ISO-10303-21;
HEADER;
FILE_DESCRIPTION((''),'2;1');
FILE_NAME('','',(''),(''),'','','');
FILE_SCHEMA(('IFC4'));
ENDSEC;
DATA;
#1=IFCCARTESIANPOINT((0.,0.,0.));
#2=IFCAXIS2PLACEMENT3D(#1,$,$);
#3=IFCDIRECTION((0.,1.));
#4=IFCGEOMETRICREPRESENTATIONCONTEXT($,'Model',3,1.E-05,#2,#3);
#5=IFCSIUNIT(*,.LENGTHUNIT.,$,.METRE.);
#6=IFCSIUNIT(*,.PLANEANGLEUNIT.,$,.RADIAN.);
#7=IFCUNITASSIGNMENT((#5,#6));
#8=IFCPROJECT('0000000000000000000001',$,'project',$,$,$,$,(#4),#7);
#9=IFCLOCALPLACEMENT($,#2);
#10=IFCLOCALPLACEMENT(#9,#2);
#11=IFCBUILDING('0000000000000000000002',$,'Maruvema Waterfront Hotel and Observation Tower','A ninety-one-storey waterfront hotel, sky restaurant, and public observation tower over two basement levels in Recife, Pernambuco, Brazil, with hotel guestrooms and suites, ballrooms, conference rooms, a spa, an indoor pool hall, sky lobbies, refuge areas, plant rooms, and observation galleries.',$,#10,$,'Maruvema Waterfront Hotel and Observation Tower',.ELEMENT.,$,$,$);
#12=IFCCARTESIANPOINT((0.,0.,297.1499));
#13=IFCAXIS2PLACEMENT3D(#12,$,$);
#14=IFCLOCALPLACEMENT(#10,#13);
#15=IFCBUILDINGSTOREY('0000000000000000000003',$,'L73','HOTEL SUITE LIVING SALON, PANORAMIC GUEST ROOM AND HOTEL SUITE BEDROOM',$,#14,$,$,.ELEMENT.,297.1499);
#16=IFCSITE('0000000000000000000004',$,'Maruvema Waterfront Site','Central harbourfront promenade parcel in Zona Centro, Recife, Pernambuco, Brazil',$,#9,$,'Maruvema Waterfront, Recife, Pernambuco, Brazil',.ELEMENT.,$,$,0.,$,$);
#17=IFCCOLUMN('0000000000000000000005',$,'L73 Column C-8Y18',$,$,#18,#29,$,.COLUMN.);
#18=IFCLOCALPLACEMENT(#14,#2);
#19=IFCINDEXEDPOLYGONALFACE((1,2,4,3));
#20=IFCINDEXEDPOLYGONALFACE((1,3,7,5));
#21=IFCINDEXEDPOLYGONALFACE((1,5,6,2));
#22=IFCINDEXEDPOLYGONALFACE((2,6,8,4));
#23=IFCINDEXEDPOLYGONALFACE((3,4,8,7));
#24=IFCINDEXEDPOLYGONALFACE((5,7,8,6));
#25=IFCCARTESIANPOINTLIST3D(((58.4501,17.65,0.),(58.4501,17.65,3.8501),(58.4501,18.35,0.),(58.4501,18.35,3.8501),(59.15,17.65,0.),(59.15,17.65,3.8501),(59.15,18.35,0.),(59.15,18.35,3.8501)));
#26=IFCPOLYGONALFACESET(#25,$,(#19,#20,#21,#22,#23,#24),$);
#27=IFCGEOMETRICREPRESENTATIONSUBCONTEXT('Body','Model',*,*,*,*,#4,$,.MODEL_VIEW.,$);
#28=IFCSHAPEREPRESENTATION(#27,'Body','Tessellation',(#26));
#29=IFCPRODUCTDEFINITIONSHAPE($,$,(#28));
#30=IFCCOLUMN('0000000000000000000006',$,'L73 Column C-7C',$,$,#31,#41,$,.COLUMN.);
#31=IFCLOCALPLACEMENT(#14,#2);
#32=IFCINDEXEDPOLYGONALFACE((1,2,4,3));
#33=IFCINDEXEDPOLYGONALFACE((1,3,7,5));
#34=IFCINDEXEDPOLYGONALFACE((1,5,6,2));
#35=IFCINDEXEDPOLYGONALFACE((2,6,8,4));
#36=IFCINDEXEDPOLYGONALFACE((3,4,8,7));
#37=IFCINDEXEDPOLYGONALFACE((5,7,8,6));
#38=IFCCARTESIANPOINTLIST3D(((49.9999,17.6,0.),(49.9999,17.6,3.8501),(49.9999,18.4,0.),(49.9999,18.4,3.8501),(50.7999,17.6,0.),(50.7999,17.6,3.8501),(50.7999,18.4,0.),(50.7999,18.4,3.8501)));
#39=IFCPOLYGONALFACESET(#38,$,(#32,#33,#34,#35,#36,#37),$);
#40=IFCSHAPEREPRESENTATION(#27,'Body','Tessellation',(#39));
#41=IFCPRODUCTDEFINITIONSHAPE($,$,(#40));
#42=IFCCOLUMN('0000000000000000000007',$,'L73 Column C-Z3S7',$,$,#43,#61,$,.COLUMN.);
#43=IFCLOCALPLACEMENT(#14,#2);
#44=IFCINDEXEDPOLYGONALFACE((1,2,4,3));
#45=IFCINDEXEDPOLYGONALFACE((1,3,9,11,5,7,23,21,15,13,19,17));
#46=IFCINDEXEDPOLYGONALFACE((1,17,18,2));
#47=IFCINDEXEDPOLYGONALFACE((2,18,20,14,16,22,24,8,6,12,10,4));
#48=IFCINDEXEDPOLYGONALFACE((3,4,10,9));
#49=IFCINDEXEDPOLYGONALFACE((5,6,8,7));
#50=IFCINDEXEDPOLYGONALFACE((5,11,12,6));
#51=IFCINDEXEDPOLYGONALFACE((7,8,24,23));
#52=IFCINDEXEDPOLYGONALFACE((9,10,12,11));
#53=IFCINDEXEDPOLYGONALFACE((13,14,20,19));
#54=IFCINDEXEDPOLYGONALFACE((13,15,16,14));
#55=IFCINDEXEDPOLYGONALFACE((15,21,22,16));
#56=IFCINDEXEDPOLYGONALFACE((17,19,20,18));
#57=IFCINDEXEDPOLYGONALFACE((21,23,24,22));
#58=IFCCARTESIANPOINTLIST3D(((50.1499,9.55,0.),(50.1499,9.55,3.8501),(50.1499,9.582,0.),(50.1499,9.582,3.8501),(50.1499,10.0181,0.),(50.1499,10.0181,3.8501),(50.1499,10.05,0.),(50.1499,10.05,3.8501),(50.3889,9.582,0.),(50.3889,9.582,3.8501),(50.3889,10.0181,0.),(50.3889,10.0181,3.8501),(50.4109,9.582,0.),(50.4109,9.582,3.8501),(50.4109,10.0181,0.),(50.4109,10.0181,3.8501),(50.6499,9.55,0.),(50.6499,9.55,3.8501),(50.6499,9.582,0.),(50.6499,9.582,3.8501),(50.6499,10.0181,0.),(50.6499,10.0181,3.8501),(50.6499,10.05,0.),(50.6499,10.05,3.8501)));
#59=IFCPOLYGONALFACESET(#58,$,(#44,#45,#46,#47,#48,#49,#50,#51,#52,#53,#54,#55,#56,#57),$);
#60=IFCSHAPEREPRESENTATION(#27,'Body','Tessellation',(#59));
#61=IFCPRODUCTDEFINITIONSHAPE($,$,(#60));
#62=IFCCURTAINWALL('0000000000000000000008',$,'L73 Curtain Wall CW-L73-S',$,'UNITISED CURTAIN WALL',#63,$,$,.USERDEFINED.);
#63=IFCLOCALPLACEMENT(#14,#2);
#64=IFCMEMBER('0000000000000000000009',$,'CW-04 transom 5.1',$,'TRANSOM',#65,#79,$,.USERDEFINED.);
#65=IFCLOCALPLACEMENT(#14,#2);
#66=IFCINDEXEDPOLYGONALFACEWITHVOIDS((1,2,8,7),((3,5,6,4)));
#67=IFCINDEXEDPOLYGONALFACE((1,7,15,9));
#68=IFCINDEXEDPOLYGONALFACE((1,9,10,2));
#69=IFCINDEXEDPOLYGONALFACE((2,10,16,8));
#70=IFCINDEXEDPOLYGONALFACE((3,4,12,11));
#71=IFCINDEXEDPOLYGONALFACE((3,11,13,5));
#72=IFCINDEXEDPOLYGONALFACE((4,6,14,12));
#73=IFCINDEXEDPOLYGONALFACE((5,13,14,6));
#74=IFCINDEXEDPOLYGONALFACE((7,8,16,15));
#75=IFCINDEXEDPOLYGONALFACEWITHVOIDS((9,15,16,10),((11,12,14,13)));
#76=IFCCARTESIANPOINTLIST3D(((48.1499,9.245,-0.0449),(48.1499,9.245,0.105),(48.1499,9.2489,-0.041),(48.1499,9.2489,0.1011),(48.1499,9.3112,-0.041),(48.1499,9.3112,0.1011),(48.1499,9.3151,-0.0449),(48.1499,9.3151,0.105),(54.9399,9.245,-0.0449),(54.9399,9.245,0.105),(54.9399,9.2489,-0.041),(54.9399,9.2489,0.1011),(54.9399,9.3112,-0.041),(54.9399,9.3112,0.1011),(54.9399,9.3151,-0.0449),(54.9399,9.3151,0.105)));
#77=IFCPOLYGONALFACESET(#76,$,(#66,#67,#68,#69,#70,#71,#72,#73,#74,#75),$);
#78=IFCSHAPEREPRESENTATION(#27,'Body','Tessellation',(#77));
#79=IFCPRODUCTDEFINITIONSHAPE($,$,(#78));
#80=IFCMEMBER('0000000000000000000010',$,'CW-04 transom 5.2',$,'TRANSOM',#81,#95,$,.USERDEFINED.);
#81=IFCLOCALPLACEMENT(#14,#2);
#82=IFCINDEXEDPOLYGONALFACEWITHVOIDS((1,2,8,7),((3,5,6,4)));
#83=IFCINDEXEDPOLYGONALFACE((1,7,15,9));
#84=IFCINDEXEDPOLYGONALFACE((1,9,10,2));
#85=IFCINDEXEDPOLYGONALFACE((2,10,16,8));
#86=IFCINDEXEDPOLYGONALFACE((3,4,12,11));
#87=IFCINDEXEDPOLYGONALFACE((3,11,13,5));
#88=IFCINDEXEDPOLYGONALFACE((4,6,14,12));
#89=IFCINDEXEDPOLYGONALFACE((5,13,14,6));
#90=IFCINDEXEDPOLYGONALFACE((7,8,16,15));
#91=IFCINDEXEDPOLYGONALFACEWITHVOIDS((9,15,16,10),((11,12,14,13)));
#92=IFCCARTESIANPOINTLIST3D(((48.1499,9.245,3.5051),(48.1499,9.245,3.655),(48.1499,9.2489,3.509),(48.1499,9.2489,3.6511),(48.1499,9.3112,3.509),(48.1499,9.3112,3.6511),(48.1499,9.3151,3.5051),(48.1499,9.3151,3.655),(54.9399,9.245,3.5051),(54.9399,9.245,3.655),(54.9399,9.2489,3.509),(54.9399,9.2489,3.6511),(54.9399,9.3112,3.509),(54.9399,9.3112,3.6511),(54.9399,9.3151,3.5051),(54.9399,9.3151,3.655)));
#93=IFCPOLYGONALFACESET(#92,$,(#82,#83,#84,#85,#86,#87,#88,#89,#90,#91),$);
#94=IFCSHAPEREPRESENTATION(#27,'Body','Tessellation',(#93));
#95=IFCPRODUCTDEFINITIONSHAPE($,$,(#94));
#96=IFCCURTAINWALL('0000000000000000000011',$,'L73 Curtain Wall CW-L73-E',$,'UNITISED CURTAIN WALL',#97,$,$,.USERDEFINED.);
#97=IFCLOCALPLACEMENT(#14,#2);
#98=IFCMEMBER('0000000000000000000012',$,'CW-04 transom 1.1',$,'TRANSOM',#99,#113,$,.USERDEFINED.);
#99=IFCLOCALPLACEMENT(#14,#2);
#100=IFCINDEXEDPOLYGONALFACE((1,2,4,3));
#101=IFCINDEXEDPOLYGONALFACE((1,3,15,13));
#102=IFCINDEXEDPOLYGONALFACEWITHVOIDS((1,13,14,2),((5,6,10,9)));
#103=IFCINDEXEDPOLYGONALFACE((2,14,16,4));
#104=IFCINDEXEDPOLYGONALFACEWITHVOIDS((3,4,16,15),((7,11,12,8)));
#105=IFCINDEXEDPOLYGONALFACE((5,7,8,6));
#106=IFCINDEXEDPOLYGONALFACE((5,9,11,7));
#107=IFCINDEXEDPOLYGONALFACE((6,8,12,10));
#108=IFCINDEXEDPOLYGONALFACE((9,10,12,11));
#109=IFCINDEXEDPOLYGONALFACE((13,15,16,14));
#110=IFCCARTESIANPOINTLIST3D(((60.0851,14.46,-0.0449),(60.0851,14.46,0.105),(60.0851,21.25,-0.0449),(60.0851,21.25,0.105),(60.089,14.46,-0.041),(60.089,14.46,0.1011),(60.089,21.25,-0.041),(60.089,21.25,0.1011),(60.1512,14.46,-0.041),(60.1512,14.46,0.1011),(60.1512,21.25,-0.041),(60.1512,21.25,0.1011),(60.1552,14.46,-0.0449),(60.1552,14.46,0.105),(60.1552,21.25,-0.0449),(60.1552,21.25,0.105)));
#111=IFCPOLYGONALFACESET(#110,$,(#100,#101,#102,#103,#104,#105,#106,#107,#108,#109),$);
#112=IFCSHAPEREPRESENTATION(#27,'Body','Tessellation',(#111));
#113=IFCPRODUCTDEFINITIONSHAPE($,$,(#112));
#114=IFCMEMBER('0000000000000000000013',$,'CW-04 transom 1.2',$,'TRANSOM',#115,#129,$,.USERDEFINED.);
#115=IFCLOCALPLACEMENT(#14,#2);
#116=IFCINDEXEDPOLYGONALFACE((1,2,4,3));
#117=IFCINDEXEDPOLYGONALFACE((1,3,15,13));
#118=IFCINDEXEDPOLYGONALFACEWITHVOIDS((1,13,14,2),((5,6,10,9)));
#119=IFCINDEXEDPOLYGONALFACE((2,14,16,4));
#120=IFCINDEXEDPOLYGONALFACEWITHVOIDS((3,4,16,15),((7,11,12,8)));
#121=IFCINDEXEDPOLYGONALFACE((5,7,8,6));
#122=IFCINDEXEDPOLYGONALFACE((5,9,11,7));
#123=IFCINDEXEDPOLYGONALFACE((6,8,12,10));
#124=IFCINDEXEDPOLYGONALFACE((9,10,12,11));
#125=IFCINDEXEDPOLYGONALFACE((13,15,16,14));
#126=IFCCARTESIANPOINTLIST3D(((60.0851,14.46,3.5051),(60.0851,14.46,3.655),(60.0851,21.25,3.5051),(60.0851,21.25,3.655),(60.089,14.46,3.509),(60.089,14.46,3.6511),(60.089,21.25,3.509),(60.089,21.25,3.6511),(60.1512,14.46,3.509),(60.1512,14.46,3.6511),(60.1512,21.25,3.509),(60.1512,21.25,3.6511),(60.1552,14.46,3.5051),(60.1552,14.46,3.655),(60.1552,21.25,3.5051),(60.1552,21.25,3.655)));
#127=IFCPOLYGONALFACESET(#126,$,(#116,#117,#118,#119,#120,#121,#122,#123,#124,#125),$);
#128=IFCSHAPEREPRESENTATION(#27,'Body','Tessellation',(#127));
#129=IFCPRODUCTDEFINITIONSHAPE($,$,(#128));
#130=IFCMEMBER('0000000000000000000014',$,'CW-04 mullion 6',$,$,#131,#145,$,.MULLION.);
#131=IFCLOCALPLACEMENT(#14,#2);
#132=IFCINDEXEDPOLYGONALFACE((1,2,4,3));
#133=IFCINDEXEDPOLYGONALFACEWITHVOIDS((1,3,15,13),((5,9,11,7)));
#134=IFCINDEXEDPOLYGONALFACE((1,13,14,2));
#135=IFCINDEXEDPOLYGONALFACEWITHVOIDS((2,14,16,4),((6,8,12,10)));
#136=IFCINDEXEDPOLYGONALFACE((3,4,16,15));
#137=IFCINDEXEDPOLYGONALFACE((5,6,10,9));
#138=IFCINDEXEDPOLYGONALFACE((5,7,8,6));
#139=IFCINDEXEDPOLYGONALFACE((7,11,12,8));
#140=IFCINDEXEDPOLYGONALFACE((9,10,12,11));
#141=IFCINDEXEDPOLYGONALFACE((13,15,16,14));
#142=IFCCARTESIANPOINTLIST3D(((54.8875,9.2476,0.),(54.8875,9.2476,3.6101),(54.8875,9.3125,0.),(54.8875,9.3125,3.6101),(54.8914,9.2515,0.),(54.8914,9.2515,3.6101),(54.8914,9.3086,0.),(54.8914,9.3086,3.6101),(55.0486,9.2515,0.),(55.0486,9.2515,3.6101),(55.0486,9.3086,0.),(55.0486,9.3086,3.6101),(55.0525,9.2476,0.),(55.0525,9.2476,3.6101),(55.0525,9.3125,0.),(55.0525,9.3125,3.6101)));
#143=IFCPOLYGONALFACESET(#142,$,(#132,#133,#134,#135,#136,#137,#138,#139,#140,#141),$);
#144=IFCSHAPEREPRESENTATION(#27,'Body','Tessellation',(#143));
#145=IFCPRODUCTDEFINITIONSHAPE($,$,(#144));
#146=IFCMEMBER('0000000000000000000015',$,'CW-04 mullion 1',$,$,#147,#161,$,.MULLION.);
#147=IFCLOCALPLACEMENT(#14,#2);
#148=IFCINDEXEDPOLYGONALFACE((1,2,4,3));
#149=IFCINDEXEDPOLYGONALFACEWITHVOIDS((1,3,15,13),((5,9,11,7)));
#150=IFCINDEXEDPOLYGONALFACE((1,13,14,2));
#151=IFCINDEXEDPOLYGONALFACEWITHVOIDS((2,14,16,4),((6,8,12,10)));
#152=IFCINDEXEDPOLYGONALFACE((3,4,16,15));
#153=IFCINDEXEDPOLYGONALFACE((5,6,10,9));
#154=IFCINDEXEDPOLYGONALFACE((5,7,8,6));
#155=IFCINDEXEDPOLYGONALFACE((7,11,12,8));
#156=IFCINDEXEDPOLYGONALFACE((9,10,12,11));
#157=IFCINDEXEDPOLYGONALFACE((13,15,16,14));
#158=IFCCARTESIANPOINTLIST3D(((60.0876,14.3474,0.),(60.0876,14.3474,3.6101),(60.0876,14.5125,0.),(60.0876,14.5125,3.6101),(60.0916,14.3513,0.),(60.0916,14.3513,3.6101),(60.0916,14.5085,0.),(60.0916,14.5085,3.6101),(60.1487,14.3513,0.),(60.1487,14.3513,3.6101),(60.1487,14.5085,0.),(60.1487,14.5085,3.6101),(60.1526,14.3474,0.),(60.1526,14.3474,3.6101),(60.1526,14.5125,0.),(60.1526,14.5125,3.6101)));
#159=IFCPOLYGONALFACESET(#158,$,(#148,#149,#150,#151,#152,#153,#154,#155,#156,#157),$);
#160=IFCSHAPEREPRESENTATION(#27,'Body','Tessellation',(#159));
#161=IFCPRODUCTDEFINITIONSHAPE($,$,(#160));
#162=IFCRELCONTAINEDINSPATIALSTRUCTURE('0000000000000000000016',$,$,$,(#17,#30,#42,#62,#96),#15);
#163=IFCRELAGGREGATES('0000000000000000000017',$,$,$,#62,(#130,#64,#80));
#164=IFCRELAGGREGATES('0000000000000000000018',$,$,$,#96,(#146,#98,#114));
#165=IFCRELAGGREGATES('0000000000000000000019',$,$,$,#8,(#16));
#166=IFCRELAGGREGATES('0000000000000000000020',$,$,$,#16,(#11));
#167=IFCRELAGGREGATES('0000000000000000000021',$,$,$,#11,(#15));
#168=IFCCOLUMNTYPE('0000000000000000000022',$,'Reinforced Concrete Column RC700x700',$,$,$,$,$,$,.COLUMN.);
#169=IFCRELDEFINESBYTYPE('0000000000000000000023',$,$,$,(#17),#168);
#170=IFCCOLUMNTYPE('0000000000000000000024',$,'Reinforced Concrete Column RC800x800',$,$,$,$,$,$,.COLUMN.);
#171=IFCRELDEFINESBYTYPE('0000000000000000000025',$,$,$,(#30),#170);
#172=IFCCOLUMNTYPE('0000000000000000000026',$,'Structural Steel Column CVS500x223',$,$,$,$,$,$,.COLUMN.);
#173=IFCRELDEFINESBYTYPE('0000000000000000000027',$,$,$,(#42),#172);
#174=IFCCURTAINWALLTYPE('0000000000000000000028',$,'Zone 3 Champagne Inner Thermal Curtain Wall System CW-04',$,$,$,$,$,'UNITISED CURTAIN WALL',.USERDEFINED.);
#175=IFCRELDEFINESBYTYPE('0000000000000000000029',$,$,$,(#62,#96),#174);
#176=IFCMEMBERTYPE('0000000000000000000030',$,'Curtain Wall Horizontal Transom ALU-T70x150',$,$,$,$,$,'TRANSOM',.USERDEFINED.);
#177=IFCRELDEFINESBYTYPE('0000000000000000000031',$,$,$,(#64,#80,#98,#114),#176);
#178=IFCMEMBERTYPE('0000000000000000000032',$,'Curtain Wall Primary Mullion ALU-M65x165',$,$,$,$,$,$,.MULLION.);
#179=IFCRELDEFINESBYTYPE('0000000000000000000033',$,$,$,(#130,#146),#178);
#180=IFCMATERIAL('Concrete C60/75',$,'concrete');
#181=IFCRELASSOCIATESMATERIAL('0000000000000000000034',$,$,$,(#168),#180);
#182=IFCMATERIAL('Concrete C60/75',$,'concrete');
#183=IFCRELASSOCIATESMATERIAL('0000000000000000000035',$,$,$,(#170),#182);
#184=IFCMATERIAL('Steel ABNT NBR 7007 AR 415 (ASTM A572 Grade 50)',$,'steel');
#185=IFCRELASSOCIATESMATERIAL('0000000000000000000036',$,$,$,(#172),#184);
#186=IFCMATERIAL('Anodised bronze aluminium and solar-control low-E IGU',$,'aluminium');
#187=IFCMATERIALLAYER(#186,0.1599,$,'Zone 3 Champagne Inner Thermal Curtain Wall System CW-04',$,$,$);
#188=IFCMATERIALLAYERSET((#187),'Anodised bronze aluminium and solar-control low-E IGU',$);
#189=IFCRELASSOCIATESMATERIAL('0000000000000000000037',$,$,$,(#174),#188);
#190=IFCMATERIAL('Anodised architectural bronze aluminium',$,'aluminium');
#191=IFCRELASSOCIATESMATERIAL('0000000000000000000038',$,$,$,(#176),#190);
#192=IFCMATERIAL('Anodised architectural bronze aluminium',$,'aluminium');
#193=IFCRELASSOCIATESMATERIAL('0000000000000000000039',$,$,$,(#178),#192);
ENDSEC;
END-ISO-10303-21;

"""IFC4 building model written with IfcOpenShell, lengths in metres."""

from ifc_helpers import new_model, si_unit, direction, frame, origin, origin_2d, place, context, subcontext, project, spatial, rectangle, hollow_rectangle, i_section, extrude, material, layer, layer_set, material_profile, profile_set, type_object, element, aggregate, save


model = new_model("IFC4")

# Units and contexts
model_context = context("Model", 3, precision=1e-05, world=origin(), true_north=direction((0.0, 1.0)))
body_context = subcontext(model_context, "Body", "Model", "MODEL_VIEW")
ifc_project = project(units=[si_unit("LENGTHUNIT", "METRE"), si_unit("PLANEANGLEUNIT", "RADIAN")], contexts=[model_context])

# Site, building, storey
site_placement = place(None, origin())
site = spatial("IfcSite", under=ifc_project, at=site_placement, Name="Maruvema Waterfront Site", Description="Central harbourfront promenade parcel in Zona Centro, Recife, Pernambuco, Brazil", LongName="Maruvema Waterfront, Recife, Pernambuco, Brazil", CompositionType="ELEMENT", RefElevation=0.0)
building_placement = place(site_placement, origin())
building = spatial("IfcBuilding", under=site, at=building_placement, Name="Maruvema Waterfront Hotel and Observation Tower", Description="A ninety-one-storey waterfront hotel, sky restaurant, and public observation tower over two basement levels in Recife, Pernambuco, Brazil, with hotel guestrooms and suites, ballrooms, conference rooms, a spa, an indoor pool hall, sky lobbies, refuge areas, plant rooms, and observation galleries.", LongName="Maruvema Waterfront Hotel and Observation Tower", CompositionType="ELEMENT")
storey_placement = place(building_placement, frame((0.0, 0.0, 297.1499)))
storey = spatial("IfcBuildingStorey", under=building, at=storey_placement, Name="L73", Description="HOTEL SUITE LIVING SALON, PANORAMIC GUEST ROOM AND HOTEL SUITE BEDROOM", CompositionType="ELEMENT", Elevation=297.1499)

# Columns
ifc_material_1 = material(Name="Concrete C60/75", Category="concrete")
ifc_material_profile_1 = material_profile(ifc_material_1, rectangle(XDim=0.7, YDim=0.7, at=origin_2d()), Name="RC700x700")
ifc_profile_set_1 = profile_set([ifc_material_profile_1], Name="Concrete C60/75")
column_type_1 = type_object("IfcColumnType", Name="Reinforced Concrete Column RC700x700", PredefinedType="COLUMN", material=ifc_profile_set_1)
column_1_placement = place(storey_placement, frame((58.8, 18.0, 0.0), z_axis=(0.0, 0.0, 1.0), x_axis=(1.0, 0.0, 0.0)))
element("IfcColumn", 1, at=column_1_placement, inside=storey, type_object=column_type_1, Name="L73 Column C-8Y18", PredefinedType="COLUMN", context=body_context, shape_type="SweptSolid", body=[
    extrude(rectangle(XDim=0.7, YDim=0.7, at=origin_2d()), origin(), (0.0, 0.0, 1.0), 3.8501),
])
ifc_material_2 = material(Name="Concrete C60/75", Category="concrete")
ifc_material_profile_2 = material_profile(ifc_material_2, rectangle(XDim=0.8, YDim=0.8, at=origin_2d()), Name="RC800x800")
ifc_profile_set_2 = profile_set([ifc_material_profile_2], Name="Concrete C60/75")
column_type_2 = type_object("IfcColumnType", Name="Reinforced Concrete Column RC800x800", PredefinedType="COLUMN", material=ifc_profile_set_2)
column_2_placement = place(storey_placement, frame((50.3999, 18.0, 0.0), z_axis=(0.0, 0.0, 1.0), x_axis=(1.0, 0.0, 0.0)))
element("IfcColumn", 2, at=column_2_placement, inside=storey, type_object=column_type_2, Name="L73 Column C-7C", PredefinedType="COLUMN", context=body_context, shape_type="SweptSolid", body=[
    extrude(rectangle(XDim=0.8, YDim=0.8, at=origin_2d()), origin(), (0.0, 0.0, 1.0), 3.8501),
])
ifc_material_3 = material(Name="Steel ABNT NBR 7007 AR 415 (ASTM A572 Grade 50)", Category="steel")
ifc_material_profile_3 = material_profile(ifc_material_3, i_section(OverallWidth=0.5, OverallDepth=0.5, WebThickness=0.022, FlangeThickness=0.032, at=origin_2d()), Name="CVS500x223")
ifc_profile_set_3 = profile_set([ifc_material_profile_3], Name="Steel ABNT NBR 7007 AR 415 (ASTM A572 Grade 50)")
column_type_3 = type_object("IfcColumnType", Name="Structural Steel Column CVS500x223", PredefinedType="COLUMN", material=ifc_profile_set_3)
column_3_placement = place(storey_placement, frame((50.3999, 9.8, 0.0), z_axis=(0.0, 0.0, 1.0), x_axis=(1.0, 0.0, 0.0)))
element("IfcColumn", 3, at=column_3_placement, inside=storey, type_object=column_type_3, Name="L73 Column C-Z3S7", PredefinedType="COLUMN", context=body_context, shape_type="SweptSolid", body=[
    extrude(i_section(OverallWidth=0.5, OverallDepth=0.5, WebThickness=0.022, FlangeThickness=0.032, at=origin_2d()), origin(), (0.0, 0.0, 1.0), 3.8501),
])

# Curtain walls, members
ifc_material_4 = material(Name="Anodised bronze aluminium and solar-control low-E IGU", Category="aluminium")
ifc_layer_1 = layer(ifc_material_4, 0.1599, Name="Zone 3 Champagne Inner Thermal Curtain Wall System CW-04")
ifc_layer_set_1 = layer_set([ifc_layer_1], Name="Anodised bronze aluminium and solar-control low-E IGU")
curtain_wall_type = type_object("IfcCurtainWallType", Name="Zone 3 Champagne Inner Thermal Curtain Wall System CW-04", ElementType="UNITISED CURTAIN WALL", PredefinedType="USERDEFINED", material=ifc_layer_set_1)
curtain_wall_1_placement = place(storey_placement, origin())
curtain_wall_1 = element("IfcCurtainWall", 4, at=curtain_wall_1_placement, inside=storey, type_object=curtain_wall_type, Name="L73 Curtain Wall CW-L73-S", ObjectType="UNITISED CURTAIN WALL", PredefinedType="USERDEFINED")
ifc_material_5 = material(Name="Anodised architectural bronze aluminium", Category="aluminium")
ifc_material_profile_4 = material_profile(ifc_material_5, hollow_rectangle(XDim=0.0701, YDim=0.1499, WallThickness=0.0039, at=origin_2d()), Name="ALU-T70x150")
ifc_profile_set_4 = profile_set([ifc_material_profile_4], Name="Anodised architectural bronze aluminium")
member_type_1 = type_object("IfcMemberType", Name="Curtain Wall Horizontal Transom ALU-T70x150", ElementType="TRANSOM", PredefinedType="USERDEFINED", material=ifc_profile_set_4)
member_1_placement = place(storey_placement, frame((48.1499, 9.28, 0.03), z_axis=(1.0, 0.0, 0.0), x_axis=(0.0, 1.0, 0.0)))
member_1 = element("IfcMember", 5, at=member_1_placement, type_object=member_type_1, Name="CW-04 transom 5.1", ObjectType="TRANSOM", PredefinedType="USERDEFINED", context=body_context, shape_type="SweptSolid", body=[
    extrude(hollow_rectangle(XDim=0.0701, YDim=0.1499, WallThickness=0.0039, at=origin_2d()), origin(), (0.0, 0.0, 1.0), 6.79),
])
member_2_placement = place(storey_placement, frame((48.1499, 9.28, 3.5801), z_axis=(1.0, 0.0, 0.0), x_axis=(0.0, 1.0, 0.0)))
member_2 = element("IfcMember", 6, at=member_2_placement, type_object=member_type_1, Name="CW-04 transom 5.2", ObjectType="TRANSOM", PredefinedType="USERDEFINED", context=body_context, shape_type="SweptSolid", body=[
    extrude(hollow_rectangle(XDim=0.0701, YDim=0.1499, WallThickness=0.0039, at=origin_2d()), origin(), (0.0, 0.0, 1.0), 6.79),
])
curtain_wall_2_placement = place(storey_placement, origin())
curtain_wall_2 = element("IfcCurtainWall", 7, at=curtain_wall_2_placement, inside=storey, type_object=curtain_wall_type, Name="L73 Curtain Wall CW-L73-E", ObjectType="UNITISED CURTAIN WALL", PredefinedType="USERDEFINED")
member_3_placement = place(storey_placement, frame((60.1201, 14.46, 0.03), z_axis=(0.0, 1.0, 0.0), x_axis=(-1.0, 0.0, 0.0)))
member_3 = element("IfcMember", 8, at=member_3_placement, type_object=member_type_1, Name="CW-04 transom 1.1", ObjectType="TRANSOM", PredefinedType="USERDEFINED", context=body_context, shape_type="SweptSolid", body=[
    extrude(hollow_rectangle(XDim=0.0701, YDim=0.1499, WallThickness=0.0039, at=origin_2d()), origin(), (0.0, 0.0, 1.0), 6.79),
])
member_4_placement = place(storey_placement, frame((60.1201, 14.46, 3.5801), z_axis=(0.0, 1.0, 0.0), x_axis=(-1.0, 0.0, 0.0)))
member_4 = element("IfcMember", 9, at=member_4_placement, type_object=member_type_1, Name="CW-04 transom 1.2", ObjectType="TRANSOM", PredefinedType="USERDEFINED", context=body_context, shape_type="SweptSolid", body=[
    extrude(hollow_rectangle(XDim=0.0701, YDim=0.1499, WallThickness=0.0039, at=origin_2d()), origin(), (0.0, 0.0, 1.0), 6.79),
])

# Members
ifc_material_6 = material(Name="Anodised architectural bronze aluminium", Category="aluminium")
ifc_material_profile_5 = material_profile(ifc_material_6, hollow_rectangle(XDim=0.0649, YDim=0.165, WallThickness=0.0039, at=origin_2d()), Name="ALU-M65x165")
ifc_profile_set_5 = profile_set([ifc_material_profile_5], Name="Anodised architectural bronze aluminium")
member_type_2 = type_object("IfcMemberType", Name="Curtain Wall Primary Mullion ALU-M65x165", PredefinedType="MULLION", material=ifc_profile_set_5)
member_5_placement = place(storey_placement, frame((54.97, 9.28, 0.0), z_axis=(0.0, 0.0, 1.0), x_axis=(0.0, 1.0, 0.0)))
member_5 = element("IfcMember", 10, at=member_5_placement, type_object=member_type_2, Name="CW-04 mullion 6", PredefinedType="MULLION", context=body_context, shape_type="SweptSolid", body=[
    extrude(hollow_rectangle(XDim=0.0649, YDim=0.165, WallThickness=0.0039, at=origin_2d()), origin(), (0.0, 0.0, 1.0), 3.6101),
])
member_6_placement = place(storey_placement, frame((60.1201, 14.4299, 0.0), z_axis=(0.0, 0.0, 1.0), x_axis=(-1.0, 0.0, 0.0)))
member_6 = element("IfcMember", 11, at=member_6_placement, type_object=member_type_2, Name="CW-04 mullion 1", PredefinedType="MULLION", context=body_context, shape_type="SweptSolid", body=[
    extrude(hollow_rectangle(XDim=0.0649, YDim=0.165, WallThickness=0.0039, at=origin_2d()), origin(), (0.0, 0.0, 1.0), 3.6101),
])

aggregate(curtain_wall_1, [member_5, member_1, member_2])
aggregate(curtain_wall_2, [member_6, member_3, member_4])

save(model, "model.ifc")
